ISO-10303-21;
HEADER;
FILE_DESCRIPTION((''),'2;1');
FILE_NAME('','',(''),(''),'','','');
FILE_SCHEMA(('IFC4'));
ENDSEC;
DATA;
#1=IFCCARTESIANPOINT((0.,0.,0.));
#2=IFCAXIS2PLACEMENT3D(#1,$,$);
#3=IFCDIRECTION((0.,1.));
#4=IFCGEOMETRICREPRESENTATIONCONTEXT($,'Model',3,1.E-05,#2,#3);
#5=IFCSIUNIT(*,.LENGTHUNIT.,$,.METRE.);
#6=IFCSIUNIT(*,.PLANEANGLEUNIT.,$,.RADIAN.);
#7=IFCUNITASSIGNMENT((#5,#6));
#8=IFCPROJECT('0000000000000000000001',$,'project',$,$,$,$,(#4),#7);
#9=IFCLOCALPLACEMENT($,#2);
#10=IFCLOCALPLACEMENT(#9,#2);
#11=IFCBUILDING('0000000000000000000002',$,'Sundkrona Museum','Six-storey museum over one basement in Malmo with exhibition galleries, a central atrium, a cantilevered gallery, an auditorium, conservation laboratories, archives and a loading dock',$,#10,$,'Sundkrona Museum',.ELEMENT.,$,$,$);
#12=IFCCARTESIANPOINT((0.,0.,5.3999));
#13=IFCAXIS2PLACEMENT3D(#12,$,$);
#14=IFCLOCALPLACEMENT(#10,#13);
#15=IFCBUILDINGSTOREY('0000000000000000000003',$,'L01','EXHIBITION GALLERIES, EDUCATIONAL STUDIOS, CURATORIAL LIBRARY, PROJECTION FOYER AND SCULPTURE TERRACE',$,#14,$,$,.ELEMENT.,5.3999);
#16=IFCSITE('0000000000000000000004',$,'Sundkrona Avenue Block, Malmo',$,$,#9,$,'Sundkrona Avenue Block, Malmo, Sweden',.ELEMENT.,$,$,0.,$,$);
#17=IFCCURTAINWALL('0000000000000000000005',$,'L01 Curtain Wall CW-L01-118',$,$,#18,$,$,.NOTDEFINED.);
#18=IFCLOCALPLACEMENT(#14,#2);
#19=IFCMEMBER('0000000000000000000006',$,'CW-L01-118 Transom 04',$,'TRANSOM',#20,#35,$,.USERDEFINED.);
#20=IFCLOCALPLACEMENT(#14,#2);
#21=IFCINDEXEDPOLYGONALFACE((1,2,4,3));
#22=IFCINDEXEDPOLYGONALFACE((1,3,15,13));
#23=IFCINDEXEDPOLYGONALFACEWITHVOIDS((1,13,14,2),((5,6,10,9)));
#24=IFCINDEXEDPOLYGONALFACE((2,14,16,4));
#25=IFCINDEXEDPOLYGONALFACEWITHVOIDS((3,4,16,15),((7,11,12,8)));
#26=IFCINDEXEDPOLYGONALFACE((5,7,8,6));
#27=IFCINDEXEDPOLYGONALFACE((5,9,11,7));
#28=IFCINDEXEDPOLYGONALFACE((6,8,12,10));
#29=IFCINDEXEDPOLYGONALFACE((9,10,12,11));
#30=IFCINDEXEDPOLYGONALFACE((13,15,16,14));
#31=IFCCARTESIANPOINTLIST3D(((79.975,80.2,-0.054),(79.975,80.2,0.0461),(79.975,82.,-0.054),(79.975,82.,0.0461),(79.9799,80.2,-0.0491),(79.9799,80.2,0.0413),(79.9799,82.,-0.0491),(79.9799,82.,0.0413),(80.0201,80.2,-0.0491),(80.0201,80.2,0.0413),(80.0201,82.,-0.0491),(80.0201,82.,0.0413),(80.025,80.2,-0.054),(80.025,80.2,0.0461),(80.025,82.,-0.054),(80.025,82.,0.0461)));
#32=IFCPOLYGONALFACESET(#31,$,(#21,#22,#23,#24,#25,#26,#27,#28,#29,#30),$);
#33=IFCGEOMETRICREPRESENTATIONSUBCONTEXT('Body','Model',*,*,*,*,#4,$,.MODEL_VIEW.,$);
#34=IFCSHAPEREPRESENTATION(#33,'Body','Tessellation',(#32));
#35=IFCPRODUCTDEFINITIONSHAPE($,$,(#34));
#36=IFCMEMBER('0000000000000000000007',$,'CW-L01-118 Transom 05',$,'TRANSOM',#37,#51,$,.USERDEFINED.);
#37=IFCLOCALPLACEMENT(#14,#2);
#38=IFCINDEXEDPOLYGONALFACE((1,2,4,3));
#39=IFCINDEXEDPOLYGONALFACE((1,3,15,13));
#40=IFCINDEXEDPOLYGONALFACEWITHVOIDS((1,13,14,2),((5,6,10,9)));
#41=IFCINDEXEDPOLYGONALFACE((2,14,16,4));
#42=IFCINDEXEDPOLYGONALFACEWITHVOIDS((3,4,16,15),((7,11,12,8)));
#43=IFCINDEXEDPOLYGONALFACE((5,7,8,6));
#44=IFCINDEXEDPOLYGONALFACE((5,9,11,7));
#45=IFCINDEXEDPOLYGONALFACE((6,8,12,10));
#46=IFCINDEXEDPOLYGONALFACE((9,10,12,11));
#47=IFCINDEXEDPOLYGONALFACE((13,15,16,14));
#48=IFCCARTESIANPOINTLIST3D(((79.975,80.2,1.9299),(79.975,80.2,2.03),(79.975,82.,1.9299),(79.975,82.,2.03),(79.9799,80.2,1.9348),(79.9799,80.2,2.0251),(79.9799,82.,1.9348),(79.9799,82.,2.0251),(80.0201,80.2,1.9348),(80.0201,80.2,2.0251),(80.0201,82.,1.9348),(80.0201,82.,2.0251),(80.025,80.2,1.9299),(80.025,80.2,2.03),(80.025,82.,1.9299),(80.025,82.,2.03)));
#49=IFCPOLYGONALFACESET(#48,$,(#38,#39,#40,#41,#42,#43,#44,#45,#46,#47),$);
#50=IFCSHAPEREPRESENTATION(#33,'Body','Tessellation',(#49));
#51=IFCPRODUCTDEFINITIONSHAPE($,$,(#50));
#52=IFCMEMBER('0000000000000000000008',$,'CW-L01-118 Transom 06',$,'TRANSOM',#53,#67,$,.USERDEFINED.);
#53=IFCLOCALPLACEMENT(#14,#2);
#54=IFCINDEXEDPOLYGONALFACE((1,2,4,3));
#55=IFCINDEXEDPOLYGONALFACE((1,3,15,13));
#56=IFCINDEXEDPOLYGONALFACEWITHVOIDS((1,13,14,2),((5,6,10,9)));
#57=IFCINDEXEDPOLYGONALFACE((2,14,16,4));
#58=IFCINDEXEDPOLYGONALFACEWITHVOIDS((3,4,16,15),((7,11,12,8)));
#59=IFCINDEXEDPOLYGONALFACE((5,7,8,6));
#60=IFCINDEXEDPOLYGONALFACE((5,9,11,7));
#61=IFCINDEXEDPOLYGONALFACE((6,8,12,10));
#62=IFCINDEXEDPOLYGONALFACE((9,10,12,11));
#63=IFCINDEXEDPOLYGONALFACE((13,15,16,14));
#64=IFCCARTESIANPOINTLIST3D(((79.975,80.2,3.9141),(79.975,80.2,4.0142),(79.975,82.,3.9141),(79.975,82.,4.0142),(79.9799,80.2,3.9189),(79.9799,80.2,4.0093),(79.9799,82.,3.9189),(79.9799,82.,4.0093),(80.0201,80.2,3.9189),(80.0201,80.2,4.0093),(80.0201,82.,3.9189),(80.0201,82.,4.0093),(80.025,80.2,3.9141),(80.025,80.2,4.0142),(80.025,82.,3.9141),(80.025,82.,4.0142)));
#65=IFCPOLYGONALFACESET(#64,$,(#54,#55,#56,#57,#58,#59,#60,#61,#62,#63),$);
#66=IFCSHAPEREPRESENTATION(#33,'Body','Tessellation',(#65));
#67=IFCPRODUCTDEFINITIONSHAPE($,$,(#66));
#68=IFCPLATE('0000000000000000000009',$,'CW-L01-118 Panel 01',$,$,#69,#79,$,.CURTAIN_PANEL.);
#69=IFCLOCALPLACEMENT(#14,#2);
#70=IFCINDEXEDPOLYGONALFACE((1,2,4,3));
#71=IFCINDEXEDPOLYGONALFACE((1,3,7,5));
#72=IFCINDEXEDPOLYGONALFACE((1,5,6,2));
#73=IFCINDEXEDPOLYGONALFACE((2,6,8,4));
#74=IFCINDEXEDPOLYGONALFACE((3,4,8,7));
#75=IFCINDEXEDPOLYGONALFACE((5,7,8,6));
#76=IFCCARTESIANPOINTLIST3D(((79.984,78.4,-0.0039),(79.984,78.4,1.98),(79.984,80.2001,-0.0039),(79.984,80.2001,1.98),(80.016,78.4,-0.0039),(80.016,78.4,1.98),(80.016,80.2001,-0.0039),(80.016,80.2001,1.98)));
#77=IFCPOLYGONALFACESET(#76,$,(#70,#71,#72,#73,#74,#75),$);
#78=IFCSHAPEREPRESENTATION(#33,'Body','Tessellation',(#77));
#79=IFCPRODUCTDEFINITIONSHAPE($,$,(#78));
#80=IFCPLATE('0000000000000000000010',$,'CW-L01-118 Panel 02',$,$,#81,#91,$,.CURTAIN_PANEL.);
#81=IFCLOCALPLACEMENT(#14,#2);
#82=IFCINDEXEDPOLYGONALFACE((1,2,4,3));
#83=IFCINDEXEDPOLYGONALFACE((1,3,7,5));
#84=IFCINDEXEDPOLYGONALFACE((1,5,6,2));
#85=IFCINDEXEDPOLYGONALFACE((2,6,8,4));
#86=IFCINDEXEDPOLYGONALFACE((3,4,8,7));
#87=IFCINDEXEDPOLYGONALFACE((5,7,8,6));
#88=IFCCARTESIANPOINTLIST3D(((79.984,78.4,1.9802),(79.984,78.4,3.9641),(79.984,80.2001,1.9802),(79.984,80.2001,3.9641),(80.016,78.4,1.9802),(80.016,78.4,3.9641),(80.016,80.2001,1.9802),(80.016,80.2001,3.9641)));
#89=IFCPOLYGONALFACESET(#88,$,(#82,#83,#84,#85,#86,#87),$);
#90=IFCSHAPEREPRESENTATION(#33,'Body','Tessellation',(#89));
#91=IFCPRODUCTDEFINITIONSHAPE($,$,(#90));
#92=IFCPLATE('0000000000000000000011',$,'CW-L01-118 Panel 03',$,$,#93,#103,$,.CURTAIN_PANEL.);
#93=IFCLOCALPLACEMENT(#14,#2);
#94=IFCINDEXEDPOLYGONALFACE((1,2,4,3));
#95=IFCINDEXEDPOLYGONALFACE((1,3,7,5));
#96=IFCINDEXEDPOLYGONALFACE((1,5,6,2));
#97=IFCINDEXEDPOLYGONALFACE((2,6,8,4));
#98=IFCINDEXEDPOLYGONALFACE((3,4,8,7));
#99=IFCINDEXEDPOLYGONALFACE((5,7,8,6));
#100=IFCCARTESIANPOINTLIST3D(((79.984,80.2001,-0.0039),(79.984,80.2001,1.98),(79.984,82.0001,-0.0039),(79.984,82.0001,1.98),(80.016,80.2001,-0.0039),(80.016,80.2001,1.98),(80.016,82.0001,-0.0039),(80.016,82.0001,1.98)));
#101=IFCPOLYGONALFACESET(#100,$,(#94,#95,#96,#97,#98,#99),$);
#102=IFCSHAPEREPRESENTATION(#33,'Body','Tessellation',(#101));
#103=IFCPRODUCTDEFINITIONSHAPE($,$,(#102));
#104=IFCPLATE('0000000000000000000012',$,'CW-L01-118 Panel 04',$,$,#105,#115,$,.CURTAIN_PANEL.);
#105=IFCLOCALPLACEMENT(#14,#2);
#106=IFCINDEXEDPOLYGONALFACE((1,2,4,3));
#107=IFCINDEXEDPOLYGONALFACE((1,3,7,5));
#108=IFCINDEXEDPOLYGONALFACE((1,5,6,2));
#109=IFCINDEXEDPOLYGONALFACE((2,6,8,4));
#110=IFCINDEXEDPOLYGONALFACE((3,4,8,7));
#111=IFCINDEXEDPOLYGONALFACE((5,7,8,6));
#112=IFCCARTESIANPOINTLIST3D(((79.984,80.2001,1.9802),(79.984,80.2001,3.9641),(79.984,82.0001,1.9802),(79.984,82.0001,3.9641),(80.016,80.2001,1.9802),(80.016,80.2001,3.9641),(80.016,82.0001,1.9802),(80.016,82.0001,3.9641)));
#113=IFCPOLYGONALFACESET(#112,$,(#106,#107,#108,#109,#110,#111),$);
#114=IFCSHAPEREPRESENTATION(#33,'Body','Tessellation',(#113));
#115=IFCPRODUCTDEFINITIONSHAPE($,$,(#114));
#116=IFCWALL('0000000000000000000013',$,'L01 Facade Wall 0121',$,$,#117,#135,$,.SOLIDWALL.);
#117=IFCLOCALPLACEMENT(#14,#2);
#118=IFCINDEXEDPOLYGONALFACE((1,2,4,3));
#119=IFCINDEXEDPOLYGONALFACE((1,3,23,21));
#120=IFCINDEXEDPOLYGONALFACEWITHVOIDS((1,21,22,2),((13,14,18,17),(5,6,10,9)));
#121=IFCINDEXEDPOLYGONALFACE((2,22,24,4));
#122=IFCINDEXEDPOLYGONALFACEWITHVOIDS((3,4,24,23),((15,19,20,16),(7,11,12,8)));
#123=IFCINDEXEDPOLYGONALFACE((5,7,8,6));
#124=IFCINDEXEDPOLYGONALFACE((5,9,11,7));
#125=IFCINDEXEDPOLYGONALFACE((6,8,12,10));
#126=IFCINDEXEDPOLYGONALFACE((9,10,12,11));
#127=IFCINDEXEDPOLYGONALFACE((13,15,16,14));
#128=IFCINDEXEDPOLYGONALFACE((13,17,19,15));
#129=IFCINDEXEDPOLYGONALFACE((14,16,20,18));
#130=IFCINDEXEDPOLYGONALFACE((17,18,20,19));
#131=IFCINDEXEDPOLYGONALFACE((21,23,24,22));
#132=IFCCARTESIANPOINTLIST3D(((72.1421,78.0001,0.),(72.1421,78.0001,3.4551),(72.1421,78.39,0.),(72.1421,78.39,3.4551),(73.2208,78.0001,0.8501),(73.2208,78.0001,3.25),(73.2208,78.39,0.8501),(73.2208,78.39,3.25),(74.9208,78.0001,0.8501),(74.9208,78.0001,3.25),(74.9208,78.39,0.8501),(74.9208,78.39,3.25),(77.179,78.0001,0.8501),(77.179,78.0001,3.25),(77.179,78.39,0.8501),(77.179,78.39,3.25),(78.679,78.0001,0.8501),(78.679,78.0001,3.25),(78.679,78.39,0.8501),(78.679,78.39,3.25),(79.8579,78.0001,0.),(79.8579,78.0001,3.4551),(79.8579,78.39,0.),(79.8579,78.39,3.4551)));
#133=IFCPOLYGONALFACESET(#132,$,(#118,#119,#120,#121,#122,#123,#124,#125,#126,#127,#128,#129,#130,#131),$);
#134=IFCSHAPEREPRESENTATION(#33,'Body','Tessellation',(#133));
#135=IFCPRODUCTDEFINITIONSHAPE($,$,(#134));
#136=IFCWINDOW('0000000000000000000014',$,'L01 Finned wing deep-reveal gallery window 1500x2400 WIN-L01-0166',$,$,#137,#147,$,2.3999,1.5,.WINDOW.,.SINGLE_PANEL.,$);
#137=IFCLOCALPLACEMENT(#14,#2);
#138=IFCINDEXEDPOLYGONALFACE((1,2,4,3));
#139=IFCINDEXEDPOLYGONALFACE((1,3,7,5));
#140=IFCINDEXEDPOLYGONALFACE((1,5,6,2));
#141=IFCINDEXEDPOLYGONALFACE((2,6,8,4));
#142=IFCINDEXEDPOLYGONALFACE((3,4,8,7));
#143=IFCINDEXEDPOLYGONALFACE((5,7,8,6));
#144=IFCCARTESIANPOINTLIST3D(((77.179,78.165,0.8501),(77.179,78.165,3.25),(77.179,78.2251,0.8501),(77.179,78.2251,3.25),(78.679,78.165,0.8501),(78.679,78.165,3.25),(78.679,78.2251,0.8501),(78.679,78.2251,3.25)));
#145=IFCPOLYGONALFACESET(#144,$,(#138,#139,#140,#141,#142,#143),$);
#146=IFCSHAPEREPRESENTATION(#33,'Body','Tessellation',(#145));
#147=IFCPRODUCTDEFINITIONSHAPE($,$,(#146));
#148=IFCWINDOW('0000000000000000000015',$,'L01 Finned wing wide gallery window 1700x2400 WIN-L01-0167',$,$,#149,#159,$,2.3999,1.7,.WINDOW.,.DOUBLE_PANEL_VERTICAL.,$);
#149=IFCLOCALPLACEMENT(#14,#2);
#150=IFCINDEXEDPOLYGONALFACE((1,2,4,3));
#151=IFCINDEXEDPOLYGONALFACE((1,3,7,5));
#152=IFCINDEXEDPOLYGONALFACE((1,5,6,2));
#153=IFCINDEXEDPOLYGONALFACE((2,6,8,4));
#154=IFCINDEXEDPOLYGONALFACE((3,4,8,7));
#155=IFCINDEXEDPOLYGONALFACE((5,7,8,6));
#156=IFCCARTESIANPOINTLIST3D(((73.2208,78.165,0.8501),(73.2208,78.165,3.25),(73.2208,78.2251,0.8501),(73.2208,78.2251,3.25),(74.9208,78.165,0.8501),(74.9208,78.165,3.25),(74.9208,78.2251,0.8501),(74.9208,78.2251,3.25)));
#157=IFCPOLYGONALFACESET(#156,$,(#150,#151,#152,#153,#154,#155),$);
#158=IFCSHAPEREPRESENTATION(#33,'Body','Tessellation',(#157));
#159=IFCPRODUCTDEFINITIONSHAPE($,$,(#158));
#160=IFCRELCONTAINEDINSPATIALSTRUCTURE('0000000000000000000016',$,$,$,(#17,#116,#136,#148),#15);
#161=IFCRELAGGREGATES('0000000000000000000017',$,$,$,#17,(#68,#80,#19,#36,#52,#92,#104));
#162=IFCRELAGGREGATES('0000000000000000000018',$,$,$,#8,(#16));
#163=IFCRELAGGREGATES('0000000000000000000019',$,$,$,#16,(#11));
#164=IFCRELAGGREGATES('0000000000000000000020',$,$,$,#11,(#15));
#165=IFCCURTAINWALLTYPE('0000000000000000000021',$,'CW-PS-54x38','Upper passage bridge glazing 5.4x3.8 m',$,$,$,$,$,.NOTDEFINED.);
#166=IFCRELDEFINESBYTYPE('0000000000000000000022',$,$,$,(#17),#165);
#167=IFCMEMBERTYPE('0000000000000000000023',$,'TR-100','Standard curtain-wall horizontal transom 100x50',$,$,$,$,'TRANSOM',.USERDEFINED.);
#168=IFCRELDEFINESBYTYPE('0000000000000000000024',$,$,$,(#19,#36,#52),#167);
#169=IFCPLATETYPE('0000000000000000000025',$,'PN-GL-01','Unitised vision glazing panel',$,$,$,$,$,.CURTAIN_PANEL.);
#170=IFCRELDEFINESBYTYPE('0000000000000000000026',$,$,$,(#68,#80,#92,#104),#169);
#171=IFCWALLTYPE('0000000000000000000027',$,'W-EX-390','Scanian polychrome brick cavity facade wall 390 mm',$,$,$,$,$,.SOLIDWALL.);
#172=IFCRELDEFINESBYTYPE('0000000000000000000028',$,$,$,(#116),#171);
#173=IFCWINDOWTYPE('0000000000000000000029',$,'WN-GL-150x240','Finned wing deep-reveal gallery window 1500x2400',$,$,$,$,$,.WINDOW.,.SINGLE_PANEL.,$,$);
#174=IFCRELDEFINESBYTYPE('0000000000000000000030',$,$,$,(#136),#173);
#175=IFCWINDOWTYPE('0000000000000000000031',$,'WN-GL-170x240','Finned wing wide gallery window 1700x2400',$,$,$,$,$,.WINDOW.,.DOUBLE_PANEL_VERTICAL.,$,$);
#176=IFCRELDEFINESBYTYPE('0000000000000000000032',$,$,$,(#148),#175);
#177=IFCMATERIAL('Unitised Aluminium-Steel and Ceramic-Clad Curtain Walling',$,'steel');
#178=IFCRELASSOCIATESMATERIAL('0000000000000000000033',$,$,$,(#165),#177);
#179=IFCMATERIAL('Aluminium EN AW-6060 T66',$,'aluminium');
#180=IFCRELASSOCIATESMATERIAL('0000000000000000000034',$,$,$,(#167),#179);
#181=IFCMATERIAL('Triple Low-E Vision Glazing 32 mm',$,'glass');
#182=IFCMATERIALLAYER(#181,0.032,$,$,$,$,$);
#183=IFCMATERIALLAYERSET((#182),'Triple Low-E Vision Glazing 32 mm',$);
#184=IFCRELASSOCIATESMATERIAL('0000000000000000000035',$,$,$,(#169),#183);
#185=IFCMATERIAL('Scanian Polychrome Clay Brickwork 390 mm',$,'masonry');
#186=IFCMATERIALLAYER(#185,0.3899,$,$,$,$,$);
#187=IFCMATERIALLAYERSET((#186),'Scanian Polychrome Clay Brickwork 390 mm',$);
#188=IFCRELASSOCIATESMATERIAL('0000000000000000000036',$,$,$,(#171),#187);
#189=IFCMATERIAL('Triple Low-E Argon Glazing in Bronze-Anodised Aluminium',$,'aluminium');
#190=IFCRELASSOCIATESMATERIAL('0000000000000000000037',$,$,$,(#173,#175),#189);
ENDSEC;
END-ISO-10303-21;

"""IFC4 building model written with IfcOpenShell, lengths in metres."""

from ifc_helpers import new_model, si_unit, direction, frame, frame_2d, origin, origin_2d, place, context, subcontext, project, spatial, rectangle, hollow_rectangle, extrude, material, layer, layer_set, material_profile, profile_set, type_object, element, fill, aggregate, save


model = new_model("IFC4")

# Units and contexts
model_context = context("Model", 3, precision=1e-05, world=origin(), true_north=direction((0.0, 1.0)))
body_context = subcontext(model_context, "Body", "Model", "MODEL_VIEW")
ifc_project = project(units=[si_unit("LENGTHUNIT", "METRE"), si_unit("PLANEANGLEUNIT", "RADIAN")], contexts=[model_context])

# Site, building, storey
site_placement = place(None, origin())
site = spatial("IfcSite", under=ifc_project, at=site_placement, Name="Sundkrona Avenue Block, Malmo", LongName="Sundkrona Avenue Block, Malmo, Sweden", CompositionType="ELEMENT", RefElevation=0.0)
building_placement = place(site_placement, origin())
building = spatial("IfcBuilding", under=site, at=building_placement, Name="Sundkrona Museum", Description="Six-storey museum over one basement in Malmo with exhibition galleries, a central atrium, a cantilevered gallery, an auditorium, conservation laboratories, archives and a loading dock", LongName="Sundkrona Museum", CompositionType="ELEMENT")
storey_placement = place(building_placement, frame((0.0, 0.0, 5.3999)))
storey = spatial("IfcBuildingStorey", under=building, at=storey_placement, Name="L01", Description="EXHIBITION GALLERIES, EDUCATIONAL STUDIOS, CURATORIAL LIBRARY, PROJECTION FOYER AND SCULPTURE TERRACE", CompositionType="ELEMENT", Elevation=5.3999)

# Curtain wall
ifc_material_1 = material(Name="Unitised Aluminium-Steel and Ceramic-Clad Curtain Walling", Category="steel")
curtain_wall_type = type_object("IfcCurtainWallType", Name="CW-PS-54x38", Description="Upper passage bridge glazing 5.4x3.8 m", PredefinedType="NOTDEFINED", material=ifc_material_1)
curtain_wall_placement = place(storey_placement, origin())
curtain_wall = element("IfcCurtainWall", 1, at=curtain_wall_placement, inside=storey, type_object=curtain_wall_type, Name="L01 Curtain Wall CW-L01-118", PredefinedType="NOTDEFINED")
ifc_material_2 = material(Name="Aluminium EN AW-6060 T66", Category="aluminium")

# Members
ifc_material_profile_1 = material_profile(ifc_material_2, hollow_rectangle(XDim=0.05, YDim=0.1001, WallThickness=0.0049, at=origin_2d()), Name="RHS 100x50x5.0")
ifc_profile_set_1 = profile_set([ifc_material_profile_1], Name="Aluminium EN AW-6060 T66")
member_type_1 = type_object("IfcMemberType", Name="TR-100", Description="Standard curtain-wall horizontal transom 100x50", ElementType="TRANSOM", PredefinedType="USERDEFINED", material=ifc_profile_set_1)
member_1_placement = place(storey_placement, frame((80.0, 80.2, -0.0039), z_axis=(0.0, 1.0, 0.0), x_axis=(-1.0, 0.0, 0.0)))
member_1 = element("IfcMember", 2, at=member_1_placement, type_object=member_type_1, Name="CW-L01-118 Transom 04", ObjectType="TRANSOM", PredefinedType="USERDEFINED", context=body_context, shape_type="SweptSolid", body=[
    extrude(hollow_rectangle(XDim=0.05, YDim=0.1001, WallThickness=0.0049, at=origin_2d()), origin(), (0.0, 0.0, 1.0), 1.8),
])
member_2_placement = place(storey_placement, frame((80.0, 80.2, 1.98), z_axis=(0.0, 1.0, 0.0), x_axis=(-1.0, 0.0, 0.0)))
member_2 = element("IfcMember", 3, at=member_2_placement, type_object=member_type_1, Name="CW-L01-118 Transom 05", ObjectType="TRANSOM", PredefinedType="USERDEFINED", context=body_context, shape_type="SweptSolid", body=[
    extrude(hollow_rectangle(XDim=0.05, YDim=0.1001, WallThickness=0.0049, at=origin_2d()), origin(), (0.0, 0.0, 1.0), 1.8),
])
member_3_placement = place(storey_placement, frame((80.0, 80.2, 3.9641), z_axis=(0.0, 1.0, 0.0), x_axis=(-1.0, 0.0, 0.0)))
member_3 = element("IfcMember", 4, at=member_3_placement, type_object=member_type_1, Name="CW-L01-118 Transom 06", ObjectType="TRANSOM", PredefinedType="USERDEFINED", context=body_context, shape_type="SweptSolid", body=[
    extrude(hollow_rectangle(XDim=0.05, YDim=0.1001, WallThickness=0.0049, at=origin_2d()), origin(), (0.0, 0.0, 1.0), 1.8),
])

# Plates
ifc_material_3 = material(Name="Triple Low-E Vision Glazing 32 mm", Category="glass")
ifc_layer_1 = layer(ifc_material_3, 0.032)
ifc_layer_set_1 = layer_set([ifc_layer_1], Name="Triple Low-E Vision Glazing 32 mm")
plate_type = type_object("IfcPlateType", Name="PN-GL-01", Description="Unitised vision glazing panel", PredefinedType="CURTAIN_PANEL", material=ifc_layer_set_1)
plate_1_placement = place(storey_placement, frame((80.0, 79.3, -0.0039), z_axis=(0.0, 0.0, 1.0), x_axis=(0.0, 1.0, 0.0)))
plate_1 = element("IfcPlate", 5, at=plate_1_placement, type_object=plate_type, Name="CW-L01-118 Panel 01", PredefinedType="CURTAIN_PANEL", context=body_context, shape_type="SweptSolid", body=[
    extrude(rectangle(XDim=1.8, YDim=0.032, at=origin_2d()), origin(), (0.0, 0.0, 1.0), 1.9839),
])
plate_2_placement = place(storey_placement, frame((80.0, 79.3, 1.9802), z_axis=(0.0, 0.0, 1.0), x_axis=(0.0, 1.0, 0.0)))
plate_2 = element("IfcPlate", 6, at=plate_2_placement, type_object=plate_type, Name="CW-L01-118 Panel 02", PredefinedType="CURTAIN_PANEL", context=body_context, shape_type="SweptSolid", body=[
    extrude(rectangle(XDim=1.8, YDim=0.032, at=origin_2d()), origin(), (0.0, 0.0, 1.0), 1.9839),
])
plate_3_placement = place(storey_placement, frame((80.0, 81.1001, -0.0039), z_axis=(0.0, 0.0, 1.0), x_axis=(0.0, 1.0, 0.0)))
plate_3 = element("IfcPlate", 7, at=plate_3_placement, type_object=plate_type, Name="CW-L01-118 Panel 03", PredefinedType="CURTAIN_PANEL", context=body_context, shape_type="SweptSolid", body=[
    extrude(rectangle(XDim=1.8, YDim=0.032, at=origin_2d()), origin(), (0.0, 0.0, 1.0), 1.9839),
])
plate_4_placement = place(storey_placement, frame((80.0, 81.1001, 1.9802), z_axis=(0.0, 0.0, 1.0), x_axis=(0.0, 1.0, 0.0)))
plate_4 = element("IfcPlate", 8, at=plate_4_placement, type_object=plate_type, Name="CW-L01-118 Panel 04", PredefinedType="CURTAIN_PANEL", context=body_context, shape_type="SweptSolid", body=[
    extrude(rectangle(XDim=1.8, YDim=0.032, at=origin_2d()), origin(), (0.0, 0.0, 1.0), 1.9839),
])
aggregate(curtain_wall, [plate_1, plate_2, member_1, member_2, member_3, plate_3, plate_4])

# Wall, openings, windows
ifc_material_4 = material(Name="Scanian Polychrome Clay Brickwork 390 mm", Category="masonry")
ifc_layer_2 = layer(ifc_material_4, 0.3899)
ifc_layer_set_2 = layer_set([ifc_layer_2], Name="Scanian Polychrome Clay Brickwork 390 mm")
wall_type_1 = type_object("IfcWallType", Name="W-EX-390", Description="Scanian polychrome brick cavity facade wall 390 mm", PredefinedType="SOLIDWALL", material=ifc_layer_set_2)
wall_1_placement = place(storey_placement, frame((79.8579, 78.1951, 0.0), z_axis=(0.0, 0.0, 1.0), x_axis=(-1.0, 0.0, 0.0)))
wall_1 = element("IfcWall", 9, at=wall_1_placement, inside=storey, type_object=wall_type_1, Name="L01 Facade Wall 0121", PredefinedType="SOLIDWALL", context=body_context, shape_type="SweptSolid", body=[
    extrude(rectangle(XDim=7.7158, YDim=0.3899, at=frame_2d((3.8579, 0.0))), origin(), (0.0, 0.0, 1.0), 3.4551),
])
opening_1_placement = place(wall_1_placement, frame((1.179, 0.0, 0.8501)))
opening_1 = element("IfcOpeningElement", 10, at=opening_1_placement, cuts=wall_1, PredefinedType="OPENING", context=body_context, shape_type="SweptSolid", body=[
    extrude(rectangle(XDim=1.5, YDim=2.3999, at=frame_2d((0.75, 1.2))), frame((0.0, 0.2048, 0.0), z_axis=(0.0, -1.0, 0.0), x_axis=(1.0, 0.0, 0.0)), (0.0, 0.0, 1.0), 0.4099),
])
opening_2_placement = place(wall_1_placement, frame((4.937, 0.0, 0.8501)))
opening_2 = element("IfcOpeningElement", 11, at=opening_2_placement, cuts=wall_1, PredefinedType="OPENING", context=body_context, shape_type="SweptSolid", body=[
    extrude(rectangle(XDim=1.7, YDim=2.3999, at=frame_2d((0.8501, 1.2))), frame((0.0, 0.2048, 0.0), z_axis=(0.0, -1.0, 0.0), x_axis=(1.0, 0.0, 0.0)), (0.0, 0.0, 1.0), 0.4099),
])
ifc_material_5 = material(Name="Triple Low-E Argon Glazing in Bronze-Anodised Aluminium", Category="aluminium")
window_type_1 = type_object("IfcWindowType", Name="WN-GL-150x240", Description="Finned wing deep-reveal gallery window 1500x2400", PartitioningType="SINGLE_PANEL", PredefinedType="WINDOW", material=ifc_material_5)
window_1_placement = place(opening_1_placement, origin())
window_1 = element("IfcWindow", 12, at=window_1_placement, inside=storey, type_object=window_type_1, Name="L01 Finned wing deep-reveal gallery window 1500x2400 WIN-L01-0166", OverallHeight=2.3999, OverallWidth=1.5, PartitioningType="SINGLE_PANEL", PredefinedType="WINDOW", context=body_context, shape_type="SweptSolid", body=[
    extrude(rectangle(XDim=1.5, YDim=2.3999, at=frame_2d((0.75, 1.2))), frame((0.0, 0.03, 0.0), z_axis=(0.0, -1.0, 0.0), x_axis=(1.0, 0.0, 0.0)), (0.0, 0.0, 1.0), 0.0601),
])
fill(opening_1, window_1)
window_type_2 = type_object("IfcWindowType", Name="WN-GL-170x240", Description="Finned wing wide gallery window 1700x2400", PartitioningType="DOUBLE_PANEL_VERTICAL", PredefinedType="WINDOW", material=ifc_material_5)
window_2_placement = place(opening_2_placement, origin())
window_2 = element("IfcWindow", 13, at=window_2_placement, inside=storey, type_object=window_type_2, Name="L01 Finned wing wide gallery window 1700x2400 WIN-L01-0167", OverallHeight=2.3999, OverallWidth=1.7, PartitioningType="DOUBLE_PANEL_VERTICAL", PredefinedType="WINDOW", context=body_context, shape_type="SweptSolid", body=[
    extrude(rectangle(XDim=1.7, YDim=2.3999, at=frame_2d((0.8501, 1.2))), frame((0.0, 0.03, 0.0), z_axis=(0.0, -1.0, 0.0), x_axis=(1.0, 0.0, 0.0)), (0.0, 0.0, 1.0), 0.0601),
])
fill(opening_2, window_2)

save(model, "model.ifc")
